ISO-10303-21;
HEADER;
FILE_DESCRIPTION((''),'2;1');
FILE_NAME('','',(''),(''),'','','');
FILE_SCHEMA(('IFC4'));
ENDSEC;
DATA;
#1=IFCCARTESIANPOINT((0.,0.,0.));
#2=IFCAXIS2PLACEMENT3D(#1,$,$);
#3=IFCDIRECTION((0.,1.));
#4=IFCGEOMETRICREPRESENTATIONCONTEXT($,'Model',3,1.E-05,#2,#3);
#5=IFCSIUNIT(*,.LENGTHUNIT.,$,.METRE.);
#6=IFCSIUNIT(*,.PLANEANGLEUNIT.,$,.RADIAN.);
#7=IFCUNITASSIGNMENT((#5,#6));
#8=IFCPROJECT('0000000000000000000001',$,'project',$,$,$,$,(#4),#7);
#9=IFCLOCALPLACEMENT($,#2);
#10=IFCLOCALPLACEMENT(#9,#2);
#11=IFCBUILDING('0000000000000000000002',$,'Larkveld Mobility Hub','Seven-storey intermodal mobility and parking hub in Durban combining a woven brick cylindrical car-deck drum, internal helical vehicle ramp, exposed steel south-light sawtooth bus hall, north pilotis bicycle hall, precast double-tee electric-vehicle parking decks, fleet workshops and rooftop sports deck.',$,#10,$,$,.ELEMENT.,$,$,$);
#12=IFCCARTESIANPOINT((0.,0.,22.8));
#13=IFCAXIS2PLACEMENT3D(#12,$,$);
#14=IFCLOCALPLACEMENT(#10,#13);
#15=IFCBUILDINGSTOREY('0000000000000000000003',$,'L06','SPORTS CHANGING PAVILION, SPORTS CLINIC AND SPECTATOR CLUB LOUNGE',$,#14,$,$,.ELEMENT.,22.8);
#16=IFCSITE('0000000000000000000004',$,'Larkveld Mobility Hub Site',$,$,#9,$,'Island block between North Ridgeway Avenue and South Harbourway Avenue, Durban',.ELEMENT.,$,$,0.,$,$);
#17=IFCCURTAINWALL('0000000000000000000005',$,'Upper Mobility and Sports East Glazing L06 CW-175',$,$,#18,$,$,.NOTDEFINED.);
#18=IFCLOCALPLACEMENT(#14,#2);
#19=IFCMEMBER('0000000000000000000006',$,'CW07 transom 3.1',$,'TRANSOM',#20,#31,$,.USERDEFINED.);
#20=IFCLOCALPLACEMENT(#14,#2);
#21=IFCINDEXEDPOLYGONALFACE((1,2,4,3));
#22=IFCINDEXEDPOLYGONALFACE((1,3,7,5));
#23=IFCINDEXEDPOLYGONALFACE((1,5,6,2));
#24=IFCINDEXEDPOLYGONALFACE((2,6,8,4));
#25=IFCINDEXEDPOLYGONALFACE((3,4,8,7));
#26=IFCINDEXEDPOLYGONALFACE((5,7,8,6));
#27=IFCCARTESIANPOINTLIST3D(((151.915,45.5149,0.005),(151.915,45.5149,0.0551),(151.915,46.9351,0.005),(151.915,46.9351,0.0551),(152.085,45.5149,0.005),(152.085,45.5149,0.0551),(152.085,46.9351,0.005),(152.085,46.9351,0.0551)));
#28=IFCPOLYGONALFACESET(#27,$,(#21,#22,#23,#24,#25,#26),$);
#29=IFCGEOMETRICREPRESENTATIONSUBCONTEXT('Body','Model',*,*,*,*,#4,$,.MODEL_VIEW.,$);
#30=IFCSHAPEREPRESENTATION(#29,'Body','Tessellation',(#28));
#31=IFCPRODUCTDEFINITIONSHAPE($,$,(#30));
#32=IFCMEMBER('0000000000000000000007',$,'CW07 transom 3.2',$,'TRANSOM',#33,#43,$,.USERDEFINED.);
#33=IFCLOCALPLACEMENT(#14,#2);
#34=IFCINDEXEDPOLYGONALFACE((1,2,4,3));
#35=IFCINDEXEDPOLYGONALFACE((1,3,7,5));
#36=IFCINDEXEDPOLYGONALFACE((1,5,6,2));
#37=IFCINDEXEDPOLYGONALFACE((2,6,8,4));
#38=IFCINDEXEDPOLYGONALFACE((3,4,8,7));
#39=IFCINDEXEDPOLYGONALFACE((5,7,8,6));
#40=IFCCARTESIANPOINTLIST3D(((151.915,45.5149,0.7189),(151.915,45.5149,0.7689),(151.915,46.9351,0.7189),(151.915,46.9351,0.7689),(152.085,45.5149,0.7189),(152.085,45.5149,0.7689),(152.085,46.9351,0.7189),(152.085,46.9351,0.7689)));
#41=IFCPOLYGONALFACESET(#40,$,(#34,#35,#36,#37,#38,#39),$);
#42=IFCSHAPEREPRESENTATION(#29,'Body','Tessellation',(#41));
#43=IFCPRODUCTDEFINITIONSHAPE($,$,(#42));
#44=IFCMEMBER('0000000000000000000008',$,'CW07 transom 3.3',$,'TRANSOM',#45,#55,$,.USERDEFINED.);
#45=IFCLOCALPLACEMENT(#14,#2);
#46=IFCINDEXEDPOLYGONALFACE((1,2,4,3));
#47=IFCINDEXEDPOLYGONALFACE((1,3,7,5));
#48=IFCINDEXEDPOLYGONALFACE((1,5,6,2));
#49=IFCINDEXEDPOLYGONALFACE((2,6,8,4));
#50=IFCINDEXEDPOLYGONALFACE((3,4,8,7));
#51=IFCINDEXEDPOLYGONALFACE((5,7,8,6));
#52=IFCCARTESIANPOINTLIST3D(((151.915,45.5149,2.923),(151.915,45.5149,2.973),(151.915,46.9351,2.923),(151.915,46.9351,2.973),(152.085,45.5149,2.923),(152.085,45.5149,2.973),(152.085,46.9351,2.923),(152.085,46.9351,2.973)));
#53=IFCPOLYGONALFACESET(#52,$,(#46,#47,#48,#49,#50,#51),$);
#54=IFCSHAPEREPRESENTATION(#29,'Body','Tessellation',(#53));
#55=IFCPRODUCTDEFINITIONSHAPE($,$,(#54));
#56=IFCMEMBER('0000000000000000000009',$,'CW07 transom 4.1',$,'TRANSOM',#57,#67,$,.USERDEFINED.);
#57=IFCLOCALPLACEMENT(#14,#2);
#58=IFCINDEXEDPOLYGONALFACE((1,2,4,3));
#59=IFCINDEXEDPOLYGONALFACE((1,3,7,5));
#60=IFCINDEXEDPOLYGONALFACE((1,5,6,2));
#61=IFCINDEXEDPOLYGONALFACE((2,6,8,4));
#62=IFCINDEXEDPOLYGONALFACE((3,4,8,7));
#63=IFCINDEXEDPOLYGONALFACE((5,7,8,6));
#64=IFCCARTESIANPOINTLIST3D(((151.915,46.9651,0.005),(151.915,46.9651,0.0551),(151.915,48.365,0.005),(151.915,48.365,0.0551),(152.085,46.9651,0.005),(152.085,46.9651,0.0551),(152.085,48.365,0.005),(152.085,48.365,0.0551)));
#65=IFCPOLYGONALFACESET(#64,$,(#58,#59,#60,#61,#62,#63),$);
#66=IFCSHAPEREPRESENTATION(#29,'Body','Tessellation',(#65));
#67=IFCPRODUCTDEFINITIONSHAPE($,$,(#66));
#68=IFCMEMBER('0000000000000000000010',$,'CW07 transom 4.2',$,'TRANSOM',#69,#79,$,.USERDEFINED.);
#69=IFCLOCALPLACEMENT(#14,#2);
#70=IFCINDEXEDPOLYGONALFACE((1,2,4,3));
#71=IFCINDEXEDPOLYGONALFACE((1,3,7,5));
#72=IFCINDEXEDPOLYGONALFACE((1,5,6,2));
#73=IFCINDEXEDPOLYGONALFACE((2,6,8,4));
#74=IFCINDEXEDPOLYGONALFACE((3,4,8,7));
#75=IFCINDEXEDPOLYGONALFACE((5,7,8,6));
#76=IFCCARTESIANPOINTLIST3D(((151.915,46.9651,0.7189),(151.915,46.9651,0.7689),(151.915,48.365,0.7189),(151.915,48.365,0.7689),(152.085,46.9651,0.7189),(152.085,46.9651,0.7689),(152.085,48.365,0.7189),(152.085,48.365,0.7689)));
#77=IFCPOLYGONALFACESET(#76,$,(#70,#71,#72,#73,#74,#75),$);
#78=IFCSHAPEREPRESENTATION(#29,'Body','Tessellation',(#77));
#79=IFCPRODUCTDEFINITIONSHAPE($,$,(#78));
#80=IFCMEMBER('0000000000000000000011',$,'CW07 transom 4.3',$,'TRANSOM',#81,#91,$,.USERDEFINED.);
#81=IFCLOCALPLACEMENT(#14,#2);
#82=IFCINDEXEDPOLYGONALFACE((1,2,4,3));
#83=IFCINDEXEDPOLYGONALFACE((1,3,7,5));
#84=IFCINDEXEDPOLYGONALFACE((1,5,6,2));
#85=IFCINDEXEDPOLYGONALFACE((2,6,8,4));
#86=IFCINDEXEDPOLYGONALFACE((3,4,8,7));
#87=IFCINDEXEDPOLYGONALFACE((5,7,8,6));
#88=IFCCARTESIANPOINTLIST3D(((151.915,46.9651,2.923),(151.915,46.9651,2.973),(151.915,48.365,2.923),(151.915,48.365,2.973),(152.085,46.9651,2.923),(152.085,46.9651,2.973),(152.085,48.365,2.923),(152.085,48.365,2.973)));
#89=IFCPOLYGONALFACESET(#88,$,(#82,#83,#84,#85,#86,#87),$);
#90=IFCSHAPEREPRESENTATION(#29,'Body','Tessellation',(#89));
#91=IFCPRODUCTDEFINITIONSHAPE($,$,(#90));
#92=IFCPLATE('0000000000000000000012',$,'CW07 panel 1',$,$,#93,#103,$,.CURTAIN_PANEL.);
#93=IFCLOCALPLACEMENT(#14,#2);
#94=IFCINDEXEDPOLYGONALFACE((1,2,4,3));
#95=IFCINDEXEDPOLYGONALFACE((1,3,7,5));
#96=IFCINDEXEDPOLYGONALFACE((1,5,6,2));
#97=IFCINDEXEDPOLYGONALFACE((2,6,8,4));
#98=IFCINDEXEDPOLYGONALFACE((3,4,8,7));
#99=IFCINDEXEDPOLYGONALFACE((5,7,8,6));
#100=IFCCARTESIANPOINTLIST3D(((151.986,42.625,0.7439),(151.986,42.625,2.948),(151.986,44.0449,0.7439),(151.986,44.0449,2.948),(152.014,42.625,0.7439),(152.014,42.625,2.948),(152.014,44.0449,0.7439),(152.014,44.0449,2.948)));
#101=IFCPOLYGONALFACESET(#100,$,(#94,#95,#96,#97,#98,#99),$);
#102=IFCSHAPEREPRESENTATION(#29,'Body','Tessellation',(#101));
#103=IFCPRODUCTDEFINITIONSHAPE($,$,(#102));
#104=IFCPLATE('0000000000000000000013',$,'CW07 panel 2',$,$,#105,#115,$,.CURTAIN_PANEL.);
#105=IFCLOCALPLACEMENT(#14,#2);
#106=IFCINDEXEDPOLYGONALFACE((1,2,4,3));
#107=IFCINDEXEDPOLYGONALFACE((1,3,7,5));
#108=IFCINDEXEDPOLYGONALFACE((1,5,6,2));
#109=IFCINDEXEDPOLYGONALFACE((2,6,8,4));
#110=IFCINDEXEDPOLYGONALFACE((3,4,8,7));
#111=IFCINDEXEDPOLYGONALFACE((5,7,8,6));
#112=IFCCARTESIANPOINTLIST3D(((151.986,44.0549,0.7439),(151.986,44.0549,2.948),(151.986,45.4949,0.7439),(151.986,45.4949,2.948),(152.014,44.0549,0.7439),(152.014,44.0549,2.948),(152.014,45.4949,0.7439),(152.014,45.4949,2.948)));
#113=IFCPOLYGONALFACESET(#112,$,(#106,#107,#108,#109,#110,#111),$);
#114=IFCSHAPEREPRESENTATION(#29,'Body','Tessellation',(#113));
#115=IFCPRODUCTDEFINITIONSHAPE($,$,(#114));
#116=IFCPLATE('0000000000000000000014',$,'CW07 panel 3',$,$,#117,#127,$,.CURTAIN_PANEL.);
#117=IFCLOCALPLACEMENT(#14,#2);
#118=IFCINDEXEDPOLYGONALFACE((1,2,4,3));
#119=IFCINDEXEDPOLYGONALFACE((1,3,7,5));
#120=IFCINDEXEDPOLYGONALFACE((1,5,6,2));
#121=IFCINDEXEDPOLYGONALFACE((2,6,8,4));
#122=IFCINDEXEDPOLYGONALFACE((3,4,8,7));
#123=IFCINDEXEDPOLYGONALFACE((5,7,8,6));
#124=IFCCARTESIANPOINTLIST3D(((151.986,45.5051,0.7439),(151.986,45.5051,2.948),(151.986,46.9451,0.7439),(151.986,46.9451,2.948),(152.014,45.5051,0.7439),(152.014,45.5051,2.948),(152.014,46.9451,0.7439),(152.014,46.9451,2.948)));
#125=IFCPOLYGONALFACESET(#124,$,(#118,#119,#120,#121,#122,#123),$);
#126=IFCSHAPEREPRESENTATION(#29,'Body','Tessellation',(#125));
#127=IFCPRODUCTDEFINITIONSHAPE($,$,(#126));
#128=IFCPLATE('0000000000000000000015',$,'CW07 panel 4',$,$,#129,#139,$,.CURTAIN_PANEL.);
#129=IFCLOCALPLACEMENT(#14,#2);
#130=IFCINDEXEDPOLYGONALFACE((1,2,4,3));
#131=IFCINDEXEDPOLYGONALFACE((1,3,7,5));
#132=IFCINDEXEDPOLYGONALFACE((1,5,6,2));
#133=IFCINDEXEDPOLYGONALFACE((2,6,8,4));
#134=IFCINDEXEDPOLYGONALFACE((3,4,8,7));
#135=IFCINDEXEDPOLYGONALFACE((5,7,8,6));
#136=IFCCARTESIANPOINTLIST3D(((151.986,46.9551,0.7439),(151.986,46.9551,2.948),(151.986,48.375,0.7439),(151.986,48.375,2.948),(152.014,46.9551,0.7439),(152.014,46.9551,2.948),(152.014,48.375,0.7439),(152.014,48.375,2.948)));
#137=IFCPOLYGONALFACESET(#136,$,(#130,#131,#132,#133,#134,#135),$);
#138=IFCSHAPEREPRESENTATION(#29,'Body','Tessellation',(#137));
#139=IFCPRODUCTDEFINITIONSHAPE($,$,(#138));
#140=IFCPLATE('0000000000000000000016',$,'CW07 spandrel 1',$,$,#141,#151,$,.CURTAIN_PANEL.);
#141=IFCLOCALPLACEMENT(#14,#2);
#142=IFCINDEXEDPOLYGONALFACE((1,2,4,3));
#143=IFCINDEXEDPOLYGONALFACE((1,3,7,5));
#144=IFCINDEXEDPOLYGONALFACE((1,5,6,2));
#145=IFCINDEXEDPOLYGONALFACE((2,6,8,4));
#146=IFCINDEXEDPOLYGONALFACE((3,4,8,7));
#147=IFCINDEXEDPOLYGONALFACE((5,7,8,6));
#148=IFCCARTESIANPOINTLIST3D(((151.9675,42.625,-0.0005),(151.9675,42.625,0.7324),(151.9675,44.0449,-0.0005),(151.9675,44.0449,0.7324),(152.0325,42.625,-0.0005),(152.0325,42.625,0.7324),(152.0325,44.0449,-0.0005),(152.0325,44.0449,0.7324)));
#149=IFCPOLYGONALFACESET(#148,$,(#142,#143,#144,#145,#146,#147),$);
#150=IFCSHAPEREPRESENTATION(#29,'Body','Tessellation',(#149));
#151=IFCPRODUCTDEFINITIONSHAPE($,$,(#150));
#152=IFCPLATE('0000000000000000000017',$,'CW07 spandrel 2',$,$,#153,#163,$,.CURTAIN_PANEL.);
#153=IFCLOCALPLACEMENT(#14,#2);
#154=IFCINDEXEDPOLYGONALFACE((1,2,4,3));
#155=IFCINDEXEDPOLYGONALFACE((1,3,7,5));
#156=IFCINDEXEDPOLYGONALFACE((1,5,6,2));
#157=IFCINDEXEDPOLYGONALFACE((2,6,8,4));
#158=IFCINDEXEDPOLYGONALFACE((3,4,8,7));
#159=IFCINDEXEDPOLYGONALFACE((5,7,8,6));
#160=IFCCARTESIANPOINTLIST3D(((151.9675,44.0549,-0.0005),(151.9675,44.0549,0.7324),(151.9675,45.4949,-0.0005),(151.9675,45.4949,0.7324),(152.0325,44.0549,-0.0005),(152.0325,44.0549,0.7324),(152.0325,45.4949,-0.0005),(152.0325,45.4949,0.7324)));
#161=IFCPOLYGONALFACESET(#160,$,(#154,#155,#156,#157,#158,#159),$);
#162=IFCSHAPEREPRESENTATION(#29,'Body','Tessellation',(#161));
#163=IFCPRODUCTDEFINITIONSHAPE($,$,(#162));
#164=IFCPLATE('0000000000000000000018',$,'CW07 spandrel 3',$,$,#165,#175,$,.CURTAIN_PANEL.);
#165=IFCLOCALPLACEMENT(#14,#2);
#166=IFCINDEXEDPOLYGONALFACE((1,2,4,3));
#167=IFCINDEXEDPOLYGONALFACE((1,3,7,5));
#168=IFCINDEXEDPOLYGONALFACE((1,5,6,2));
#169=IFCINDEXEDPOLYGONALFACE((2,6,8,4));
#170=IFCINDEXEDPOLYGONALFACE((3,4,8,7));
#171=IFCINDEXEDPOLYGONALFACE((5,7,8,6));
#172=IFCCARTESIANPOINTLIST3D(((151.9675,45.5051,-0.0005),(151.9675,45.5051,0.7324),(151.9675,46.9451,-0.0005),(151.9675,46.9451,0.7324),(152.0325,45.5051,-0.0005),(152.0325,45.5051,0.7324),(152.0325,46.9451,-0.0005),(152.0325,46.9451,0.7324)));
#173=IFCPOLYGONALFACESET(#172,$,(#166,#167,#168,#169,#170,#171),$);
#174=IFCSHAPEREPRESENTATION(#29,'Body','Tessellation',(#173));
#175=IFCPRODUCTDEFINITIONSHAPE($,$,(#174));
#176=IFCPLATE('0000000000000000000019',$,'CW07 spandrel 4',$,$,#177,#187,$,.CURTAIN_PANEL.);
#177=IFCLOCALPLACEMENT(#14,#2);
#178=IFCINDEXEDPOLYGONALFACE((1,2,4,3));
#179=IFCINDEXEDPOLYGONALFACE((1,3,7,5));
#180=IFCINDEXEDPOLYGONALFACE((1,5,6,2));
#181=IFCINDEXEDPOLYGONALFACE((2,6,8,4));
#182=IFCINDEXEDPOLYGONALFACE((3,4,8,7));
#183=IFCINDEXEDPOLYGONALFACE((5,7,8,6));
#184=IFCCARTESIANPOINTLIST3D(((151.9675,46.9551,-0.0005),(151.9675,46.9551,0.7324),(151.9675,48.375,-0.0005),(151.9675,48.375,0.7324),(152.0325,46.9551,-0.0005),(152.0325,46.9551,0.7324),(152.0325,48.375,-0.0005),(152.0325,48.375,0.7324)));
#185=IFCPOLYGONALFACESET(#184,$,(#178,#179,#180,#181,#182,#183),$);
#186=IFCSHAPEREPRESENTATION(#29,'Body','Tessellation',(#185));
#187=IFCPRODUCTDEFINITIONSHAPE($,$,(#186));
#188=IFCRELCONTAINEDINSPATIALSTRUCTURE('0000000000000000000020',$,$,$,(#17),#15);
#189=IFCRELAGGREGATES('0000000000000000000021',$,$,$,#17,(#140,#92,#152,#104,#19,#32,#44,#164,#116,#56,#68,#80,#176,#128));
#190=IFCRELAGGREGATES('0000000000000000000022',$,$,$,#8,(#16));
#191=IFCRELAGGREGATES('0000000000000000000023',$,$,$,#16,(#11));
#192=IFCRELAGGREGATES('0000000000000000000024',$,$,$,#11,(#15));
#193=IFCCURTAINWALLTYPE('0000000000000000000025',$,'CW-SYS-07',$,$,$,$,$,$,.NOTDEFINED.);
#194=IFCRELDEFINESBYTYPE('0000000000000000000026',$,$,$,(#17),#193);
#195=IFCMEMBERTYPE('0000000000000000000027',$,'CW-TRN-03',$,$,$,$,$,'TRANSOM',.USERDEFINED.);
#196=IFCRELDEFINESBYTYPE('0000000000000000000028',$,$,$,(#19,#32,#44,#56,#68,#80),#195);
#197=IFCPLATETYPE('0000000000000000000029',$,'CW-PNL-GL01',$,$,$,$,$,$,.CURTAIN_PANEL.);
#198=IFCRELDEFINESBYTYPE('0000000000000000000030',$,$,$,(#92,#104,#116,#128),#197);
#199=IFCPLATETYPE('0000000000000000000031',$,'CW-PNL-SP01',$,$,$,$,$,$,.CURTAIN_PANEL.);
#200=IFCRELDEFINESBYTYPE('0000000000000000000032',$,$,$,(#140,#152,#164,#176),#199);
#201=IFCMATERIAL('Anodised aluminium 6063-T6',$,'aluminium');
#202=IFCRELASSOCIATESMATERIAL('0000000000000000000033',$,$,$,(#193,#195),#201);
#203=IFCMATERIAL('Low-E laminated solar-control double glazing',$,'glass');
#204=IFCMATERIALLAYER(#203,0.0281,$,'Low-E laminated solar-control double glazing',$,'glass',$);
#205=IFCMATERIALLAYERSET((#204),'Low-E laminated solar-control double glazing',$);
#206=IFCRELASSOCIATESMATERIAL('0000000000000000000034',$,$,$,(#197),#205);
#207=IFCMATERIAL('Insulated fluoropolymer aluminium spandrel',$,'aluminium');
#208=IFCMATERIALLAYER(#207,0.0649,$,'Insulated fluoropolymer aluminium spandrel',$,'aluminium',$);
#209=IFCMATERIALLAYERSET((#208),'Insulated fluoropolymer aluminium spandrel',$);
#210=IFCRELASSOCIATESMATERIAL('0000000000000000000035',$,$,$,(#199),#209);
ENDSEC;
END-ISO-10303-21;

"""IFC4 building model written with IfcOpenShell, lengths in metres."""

from ifc_helpers import new_model, si_unit, direction, frame, origin, origin_2d, place, context, subcontext, project, spatial, rectangle, extrude, material, layer, layer_set, material_profile, profile_set, type_object, element, aggregate, save


model = new_model("IFC4")

# Units and contexts
model_context = context("Model", 3, precision=1e-05, world=origin(), true_north=direction((0.0, 1.0)))
body_context = subcontext(model_context, "Body", "Model", "MODEL_VIEW")
ifc_project = project(units=[si_unit("LENGTHUNIT", "METRE"), si_unit("PLANEANGLEUNIT", "RADIAN")], contexts=[model_context])

# Site, building, storey
site_placement = place(None, origin())
site = spatial("IfcSite", under=ifc_project, at=site_placement, Name="Larkveld Mobility Hub Site", LongName="Island block between North Ridgeway Avenue and South Harbourway Avenue, Durban", CompositionType="ELEMENT", RefElevation=0.0)
building_placement = place(site_placement, origin())
building = spatial("IfcBuilding", under=site, at=building_placement, Name="Larkveld Mobility Hub", Description="Seven-storey intermodal mobility and parking hub in Durban combining a woven brick cylindrical car-deck drum, internal helical vehicle ramp, exposed steel south-light sawtooth bus hall, north pilotis bicycle hall, precast double-tee electric-vehicle parking decks, fleet workshops and rooftop sports deck.", CompositionType="ELEMENT")
storey_placement = place(building_placement, frame((0.0, 0.0, 22.8)))
storey = spatial("IfcBuildingStorey", under=building, at=storey_placement, Name="L06", Description="SPORTS CHANGING PAVILION, SPORTS CLINIC AND SPECTATOR CLUB LOUNGE", CompositionType="ELEMENT", Elevation=22.8)

# Curtain wall
ifc_material_1 = material(Name="Anodised aluminium 6063-T6", Category="aluminium")
curtain_wall_type_1 = type_object("IfcCurtainWallType", Name="CW-SYS-07", PredefinedType="NOTDEFINED", material=ifc_material_1)
curtain_wall_1_placement = place(storey_placement, origin())
curtain_wall_1 = element("IfcCurtainWall", 1, at=curtain_wall_1_placement, inside=storey, type_object=curtain_wall_type_1, Name="Upper Mobility and Sports East Glazing L06 CW-175", PredefinedType="NOTDEFINED")

# Members
ifc_material_profile_1 = material_profile(ifc_material_1, rectangle(XDim=0.1699, YDim=0.05, at=origin_2d()), Name="ALU TRAN 50x170")
ifc_profile_set_1 = profile_set([ifc_material_profile_1], Name="Anodised aluminium 6063-T6")
member_type_1 = type_object("IfcMemberType", Name="CW-TRN-03", ElementType="TRANSOM", PredefinedType="USERDEFINED", material=ifc_profile_set_1)
member_1_placement = place(storey_placement, frame((152.0, 45.5149, 0.03), z_axis=(0.0, 1.0, 0.0), x_axis=(-1.0, 0.0, 0.0)))
member_1 = element("IfcMember", 2, at=member_1_placement, type_object=member_type_1, Name="CW07 transom 3.1", ObjectType="TRANSOM", PredefinedType="USERDEFINED", context=body_context, shape_type="SweptSolid", body=[
    extrude(rectangle(XDim=0.1699, YDim=0.05, at=origin_2d()), origin(), (0.0, 0.0, 1.0), 1.4202),
])
member_2_placement = place(storey_placement, frame((152.0, 45.5149, 0.7439), z_axis=(0.0, 1.0, 0.0), x_axis=(-1.0, 0.0, 0.0)))
member_2 = element("IfcMember", 3, at=member_2_placement, type_object=member_type_1, Name="CW07 transom 3.2", ObjectType="TRANSOM", PredefinedType="USERDEFINED", context=body_context, shape_type="SweptSolid", body=[
    extrude(rectangle(XDim=0.1699, YDim=0.05, at=origin_2d()), origin(), (0.0, 0.0, 1.0), 1.4202),
])
member_3_placement = place(storey_placement, frame((152.0, 45.5149, 2.948), z_axis=(0.0, 1.0, 0.0), x_axis=(-1.0, 0.0, 0.0)))
member_3 = element("IfcMember", 4, at=member_3_placement, type_object=member_type_1, Name="CW07 transom 3.3", ObjectType="TRANSOM", PredefinedType="USERDEFINED", context=body_context, shape_type="SweptSolid", body=[
    extrude(rectangle(XDim=0.1699, YDim=0.05, at=origin_2d()), origin(), (0.0, 0.0, 1.0), 1.4202),
])
member_4_placement = place(storey_placement, frame((152.0, 46.9651, 0.03), z_axis=(0.0, 1.0, 0.0), x_axis=(-1.0, 0.0, 0.0)))
member_4 = element("IfcMember", 5, at=member_4_placement, type_object=member_type_1, Name="CW07 transom 4.1", ObjectType="TRANSOM", PredefinedType="USERDEFINED", context=body_context, shape_type="SweptSolid", body=[
    extrude(rectangle(XDim=0.1699, YDim=0.05, at=origin_2d()), origin(), (0.0, 0.0, 1.0), 1.3999),
])
member_5_placement = place(storey_placement, frame((152.0, 46.9651, 0.7439), z_axis=(0.0, 1.0, 0.0), x_axis=(-1.0, 0.0, 0.0)))
member_5 = element("IfcMember", 6, at=member_5_placement, type_object=member_type_1, Name="CW07 transom 4.2", ObjectType="TRANSOM", PredefinedType="USERDEFINED", context=body_context, shape_type="SweptSolid", body=[
    extrude(rectangle(XDim=0.1699, YDim=0.05, at=origin_2d()), origin(), (0.0, 0.0, 1.0), 1.3999),
])
member_6_placement = place(storey_placement, frame((152.0, 46.9651, 2.948), z_axis=(0.0, 1.0, 0.0), x_axis=(-1.0, 0.0, 0.0)))
member_6 = element("IfcMember", 7, at=member_6_placement, type_object=member_type_1, Name="CW07 transom 4.3", ObjectType="TRANSOM", PredefinedType="USERDEFINED", context=body_context, shape_type="SweptSolid", body=[
    extrude(rectangle(XDim=0.1699, YDim=0.05, at=origin_2d()), origin(), (0.0, 0.0, 1.0), 1.3999),
])

# Plates
ifc_material_2 = material(Name="Low-E laminated solar-control double glazing", Category="glass")
ifc_layer_1 = layer(ifc_material_2, 0.0281, Name="Low-E laminated solar-control double glazing", Category="glass")
ifc_layer_set_1 = layer_set([ifc_layer_1], Name="Low-E laminated solar-control double glazing")
plate_type_1 = type_object("IfcPlateType", Name="CW-PNL-GL01", PredefinedType="CURTAIN_PANEL", material=ifc_layer_set_1)
plate_1_placement = place(storey_placement, frame((152.0, 43.335, 0.7439), z_axis=(0.0, 0.0, 1.0), x_axis=(0.0, 1.0, 0.0)))
plate_1 = element("IfcPlate", 8, at=plate_1_placement, type_object=plate_type_1, Name="CW07 panel 1", PredefinedType="CURTAIN_PANEL", context=body_context, shape_type="SweptSolid", body=[
    extrude(rectangle(XDim=1.4199, YDim=0.0281, at=origin_2d()), origin(), (0.0, 0.0, 1.0), 2.2041),
])
plate_2_placement = place(storey_placement, frame((152.0, 44.7749, 0.7439), z_axis=(0.0, 0.0, 1.0), x_axis=(0.0, 1.0, 0.0)))
plate_2 = element("IfcPlate", 9, at=plate_2_placement, type_object=plate_type_1, Name="CW07 panel 2", PredefinedType="CURTAIN_PANEL", context=body_context, shape_type="SweptSolid", body=[
    extrude(rectangle(XDim=1.4399, YDim=0.0281, at=origin_2d()), origin(), (0.0, 0.0, 1.0), 2.2041),
])
plate_3_placement = place(storey_placement, frame((152.0, 46.2251, 0.7439), z_axis=(0.0, 0.0, 1.0), x_axis=(0.0, 1.0, 0.0)))
plate_3 = element("IfcPlate", 10, at=plate_3_placement, type_object=plate_type_1, Name="CW07 panel 3", PredefinedType="CURTAIN_PANEL", context=body_context, shape_type="SweptSolid", body=[
    extrude(rectangle(XDim=1.4399, YDim=0.0281, at=origin_2d()), origin(), (0.0, 0.0, 1.0), 2.2041),
])
plate_4_placement = place(storey_placement, frame((152.0, 47.665, 0.7439), z_axis=(0.0, 0.0, 1.0), x_axis=(0.0, 1.0, 0.0)))
plate_4 = element("IfcPlate", 11, at=plate_4_placement, type_object=plate_type_1, Name="CW07 panel 4", PredefinedType="CURTAIN_PANEL", context=body_context, shape_type="SweptSolid", body=[
    extrude(rectangle(XDim=1.4199, YDim=0.0281, at=origin_2d()), origin(), (0.0, 0.0, 1.0), 2.2041),
])
ifc_material_3 = material(Name="Insulated fluoropolymer aluminium spandrel", Category="aluminium")
ifc_layer_2 = layer(ifc_material_3, 0.0649, Name="Insulated fluoropolymer aluminium spandrel", Category="aluminium")
ifc_layer_set_2 = layer_set([ifc_layer_2], Name="Insulated fluoropolymer aluminium spandrel")
plate_type_2 = type_object("IfcPlateType", Name="CW-PNL-SP01", PredefinedType="CURTAIN_PANEL", material=ifc_layer_set_2)
plate_5_placement = place(storey_placement, frame((152.0, 43.335, -0.0005), z_axis=(0.0, 0.0, 1.0), x_axis=(0.0, 1.0, 0.0)))
plate_5 = element("IfcPlate", 12, at=plate_5_placement, type_object=plate_type_2, Name="CW07 spandrel 1", PredefinedType="CURTAIN_PANEL", context=body_context, shape_type="SweptSolid", body=[
    extrude(rectangle(XDim=1.4199, YDim=0.0649, at=origin_2d()), origin(), (0.0, 0.0, 1.0), 0.7329),
])
plate_6_placement = place(storey_placement, frame((152.0, 44.7749, -0.0005), z_axis=(0.0, 0.0, 1.0), x_axis=(0.0, 1.0, 0.0)))
plate_6 = element("IfcPlate", 13, at=plate_6_placement, type_object=plate_type_2, Name="CW07 spandrel 2", PredefinedType="CURTAIN_PANEL", context=body_context, shape_type="SweptSolid", body=[
    extrude(rectangle(XDim=1.4399, YDim=0.0649, at=origin_2d()), origin(), (0.0, 0.0, 1.0), 0.7329),
])
plate_7_placement = place(storey_placement, frame((152.0, 46.2251, -0.0005), z_axis=(0.0, 0.0, 1.0), x_axis=(0.0, 1.0, 0.0)))
plate_7 = element("IfcPlate", 14, at=plate_7_placement, type_object=plate_type_2, Name="CW07 spandrel 3", PredefinedType="CURTAIN_PANEL", context=body_context, shape_type="SweptSolid", body=[
    extrude(rectangle(XDim=1.4399, YDim=0.0649, at=origin_2d()), origin(), (0.0, 0.0, 1.0), 0.7329),
])
plate_8_placement = place(storey_placement, frame((152.0, 47.665, -0.0005), z_axis=(0.0, 0.0, 1.0), x_axis=(0.0, 1.0, 0.0)))
plate_8 = element("IfcPlate", 15, at=plate_8_placement, type_object=plate_type_2, Name="CW07 spandrel 4", PredefinedType="CURTAIN_PANEL", context=body_context, shape_type="SweptSolid", body=[
    extrude(rectangle(XDim=1.4199, YDim=0.0649, at=origin_2d()), origin(), (0.0, 0.0, 1.0), 0.7329),
])
aggregate(curtain_wall_1, [plate_5, plate_1, plate_6, plate_2, member_1, member_2, member_3, plate_7, plate_3, member_4, member_5, member_6, plate_8, plate_4])

save(model, "model.ifc")
